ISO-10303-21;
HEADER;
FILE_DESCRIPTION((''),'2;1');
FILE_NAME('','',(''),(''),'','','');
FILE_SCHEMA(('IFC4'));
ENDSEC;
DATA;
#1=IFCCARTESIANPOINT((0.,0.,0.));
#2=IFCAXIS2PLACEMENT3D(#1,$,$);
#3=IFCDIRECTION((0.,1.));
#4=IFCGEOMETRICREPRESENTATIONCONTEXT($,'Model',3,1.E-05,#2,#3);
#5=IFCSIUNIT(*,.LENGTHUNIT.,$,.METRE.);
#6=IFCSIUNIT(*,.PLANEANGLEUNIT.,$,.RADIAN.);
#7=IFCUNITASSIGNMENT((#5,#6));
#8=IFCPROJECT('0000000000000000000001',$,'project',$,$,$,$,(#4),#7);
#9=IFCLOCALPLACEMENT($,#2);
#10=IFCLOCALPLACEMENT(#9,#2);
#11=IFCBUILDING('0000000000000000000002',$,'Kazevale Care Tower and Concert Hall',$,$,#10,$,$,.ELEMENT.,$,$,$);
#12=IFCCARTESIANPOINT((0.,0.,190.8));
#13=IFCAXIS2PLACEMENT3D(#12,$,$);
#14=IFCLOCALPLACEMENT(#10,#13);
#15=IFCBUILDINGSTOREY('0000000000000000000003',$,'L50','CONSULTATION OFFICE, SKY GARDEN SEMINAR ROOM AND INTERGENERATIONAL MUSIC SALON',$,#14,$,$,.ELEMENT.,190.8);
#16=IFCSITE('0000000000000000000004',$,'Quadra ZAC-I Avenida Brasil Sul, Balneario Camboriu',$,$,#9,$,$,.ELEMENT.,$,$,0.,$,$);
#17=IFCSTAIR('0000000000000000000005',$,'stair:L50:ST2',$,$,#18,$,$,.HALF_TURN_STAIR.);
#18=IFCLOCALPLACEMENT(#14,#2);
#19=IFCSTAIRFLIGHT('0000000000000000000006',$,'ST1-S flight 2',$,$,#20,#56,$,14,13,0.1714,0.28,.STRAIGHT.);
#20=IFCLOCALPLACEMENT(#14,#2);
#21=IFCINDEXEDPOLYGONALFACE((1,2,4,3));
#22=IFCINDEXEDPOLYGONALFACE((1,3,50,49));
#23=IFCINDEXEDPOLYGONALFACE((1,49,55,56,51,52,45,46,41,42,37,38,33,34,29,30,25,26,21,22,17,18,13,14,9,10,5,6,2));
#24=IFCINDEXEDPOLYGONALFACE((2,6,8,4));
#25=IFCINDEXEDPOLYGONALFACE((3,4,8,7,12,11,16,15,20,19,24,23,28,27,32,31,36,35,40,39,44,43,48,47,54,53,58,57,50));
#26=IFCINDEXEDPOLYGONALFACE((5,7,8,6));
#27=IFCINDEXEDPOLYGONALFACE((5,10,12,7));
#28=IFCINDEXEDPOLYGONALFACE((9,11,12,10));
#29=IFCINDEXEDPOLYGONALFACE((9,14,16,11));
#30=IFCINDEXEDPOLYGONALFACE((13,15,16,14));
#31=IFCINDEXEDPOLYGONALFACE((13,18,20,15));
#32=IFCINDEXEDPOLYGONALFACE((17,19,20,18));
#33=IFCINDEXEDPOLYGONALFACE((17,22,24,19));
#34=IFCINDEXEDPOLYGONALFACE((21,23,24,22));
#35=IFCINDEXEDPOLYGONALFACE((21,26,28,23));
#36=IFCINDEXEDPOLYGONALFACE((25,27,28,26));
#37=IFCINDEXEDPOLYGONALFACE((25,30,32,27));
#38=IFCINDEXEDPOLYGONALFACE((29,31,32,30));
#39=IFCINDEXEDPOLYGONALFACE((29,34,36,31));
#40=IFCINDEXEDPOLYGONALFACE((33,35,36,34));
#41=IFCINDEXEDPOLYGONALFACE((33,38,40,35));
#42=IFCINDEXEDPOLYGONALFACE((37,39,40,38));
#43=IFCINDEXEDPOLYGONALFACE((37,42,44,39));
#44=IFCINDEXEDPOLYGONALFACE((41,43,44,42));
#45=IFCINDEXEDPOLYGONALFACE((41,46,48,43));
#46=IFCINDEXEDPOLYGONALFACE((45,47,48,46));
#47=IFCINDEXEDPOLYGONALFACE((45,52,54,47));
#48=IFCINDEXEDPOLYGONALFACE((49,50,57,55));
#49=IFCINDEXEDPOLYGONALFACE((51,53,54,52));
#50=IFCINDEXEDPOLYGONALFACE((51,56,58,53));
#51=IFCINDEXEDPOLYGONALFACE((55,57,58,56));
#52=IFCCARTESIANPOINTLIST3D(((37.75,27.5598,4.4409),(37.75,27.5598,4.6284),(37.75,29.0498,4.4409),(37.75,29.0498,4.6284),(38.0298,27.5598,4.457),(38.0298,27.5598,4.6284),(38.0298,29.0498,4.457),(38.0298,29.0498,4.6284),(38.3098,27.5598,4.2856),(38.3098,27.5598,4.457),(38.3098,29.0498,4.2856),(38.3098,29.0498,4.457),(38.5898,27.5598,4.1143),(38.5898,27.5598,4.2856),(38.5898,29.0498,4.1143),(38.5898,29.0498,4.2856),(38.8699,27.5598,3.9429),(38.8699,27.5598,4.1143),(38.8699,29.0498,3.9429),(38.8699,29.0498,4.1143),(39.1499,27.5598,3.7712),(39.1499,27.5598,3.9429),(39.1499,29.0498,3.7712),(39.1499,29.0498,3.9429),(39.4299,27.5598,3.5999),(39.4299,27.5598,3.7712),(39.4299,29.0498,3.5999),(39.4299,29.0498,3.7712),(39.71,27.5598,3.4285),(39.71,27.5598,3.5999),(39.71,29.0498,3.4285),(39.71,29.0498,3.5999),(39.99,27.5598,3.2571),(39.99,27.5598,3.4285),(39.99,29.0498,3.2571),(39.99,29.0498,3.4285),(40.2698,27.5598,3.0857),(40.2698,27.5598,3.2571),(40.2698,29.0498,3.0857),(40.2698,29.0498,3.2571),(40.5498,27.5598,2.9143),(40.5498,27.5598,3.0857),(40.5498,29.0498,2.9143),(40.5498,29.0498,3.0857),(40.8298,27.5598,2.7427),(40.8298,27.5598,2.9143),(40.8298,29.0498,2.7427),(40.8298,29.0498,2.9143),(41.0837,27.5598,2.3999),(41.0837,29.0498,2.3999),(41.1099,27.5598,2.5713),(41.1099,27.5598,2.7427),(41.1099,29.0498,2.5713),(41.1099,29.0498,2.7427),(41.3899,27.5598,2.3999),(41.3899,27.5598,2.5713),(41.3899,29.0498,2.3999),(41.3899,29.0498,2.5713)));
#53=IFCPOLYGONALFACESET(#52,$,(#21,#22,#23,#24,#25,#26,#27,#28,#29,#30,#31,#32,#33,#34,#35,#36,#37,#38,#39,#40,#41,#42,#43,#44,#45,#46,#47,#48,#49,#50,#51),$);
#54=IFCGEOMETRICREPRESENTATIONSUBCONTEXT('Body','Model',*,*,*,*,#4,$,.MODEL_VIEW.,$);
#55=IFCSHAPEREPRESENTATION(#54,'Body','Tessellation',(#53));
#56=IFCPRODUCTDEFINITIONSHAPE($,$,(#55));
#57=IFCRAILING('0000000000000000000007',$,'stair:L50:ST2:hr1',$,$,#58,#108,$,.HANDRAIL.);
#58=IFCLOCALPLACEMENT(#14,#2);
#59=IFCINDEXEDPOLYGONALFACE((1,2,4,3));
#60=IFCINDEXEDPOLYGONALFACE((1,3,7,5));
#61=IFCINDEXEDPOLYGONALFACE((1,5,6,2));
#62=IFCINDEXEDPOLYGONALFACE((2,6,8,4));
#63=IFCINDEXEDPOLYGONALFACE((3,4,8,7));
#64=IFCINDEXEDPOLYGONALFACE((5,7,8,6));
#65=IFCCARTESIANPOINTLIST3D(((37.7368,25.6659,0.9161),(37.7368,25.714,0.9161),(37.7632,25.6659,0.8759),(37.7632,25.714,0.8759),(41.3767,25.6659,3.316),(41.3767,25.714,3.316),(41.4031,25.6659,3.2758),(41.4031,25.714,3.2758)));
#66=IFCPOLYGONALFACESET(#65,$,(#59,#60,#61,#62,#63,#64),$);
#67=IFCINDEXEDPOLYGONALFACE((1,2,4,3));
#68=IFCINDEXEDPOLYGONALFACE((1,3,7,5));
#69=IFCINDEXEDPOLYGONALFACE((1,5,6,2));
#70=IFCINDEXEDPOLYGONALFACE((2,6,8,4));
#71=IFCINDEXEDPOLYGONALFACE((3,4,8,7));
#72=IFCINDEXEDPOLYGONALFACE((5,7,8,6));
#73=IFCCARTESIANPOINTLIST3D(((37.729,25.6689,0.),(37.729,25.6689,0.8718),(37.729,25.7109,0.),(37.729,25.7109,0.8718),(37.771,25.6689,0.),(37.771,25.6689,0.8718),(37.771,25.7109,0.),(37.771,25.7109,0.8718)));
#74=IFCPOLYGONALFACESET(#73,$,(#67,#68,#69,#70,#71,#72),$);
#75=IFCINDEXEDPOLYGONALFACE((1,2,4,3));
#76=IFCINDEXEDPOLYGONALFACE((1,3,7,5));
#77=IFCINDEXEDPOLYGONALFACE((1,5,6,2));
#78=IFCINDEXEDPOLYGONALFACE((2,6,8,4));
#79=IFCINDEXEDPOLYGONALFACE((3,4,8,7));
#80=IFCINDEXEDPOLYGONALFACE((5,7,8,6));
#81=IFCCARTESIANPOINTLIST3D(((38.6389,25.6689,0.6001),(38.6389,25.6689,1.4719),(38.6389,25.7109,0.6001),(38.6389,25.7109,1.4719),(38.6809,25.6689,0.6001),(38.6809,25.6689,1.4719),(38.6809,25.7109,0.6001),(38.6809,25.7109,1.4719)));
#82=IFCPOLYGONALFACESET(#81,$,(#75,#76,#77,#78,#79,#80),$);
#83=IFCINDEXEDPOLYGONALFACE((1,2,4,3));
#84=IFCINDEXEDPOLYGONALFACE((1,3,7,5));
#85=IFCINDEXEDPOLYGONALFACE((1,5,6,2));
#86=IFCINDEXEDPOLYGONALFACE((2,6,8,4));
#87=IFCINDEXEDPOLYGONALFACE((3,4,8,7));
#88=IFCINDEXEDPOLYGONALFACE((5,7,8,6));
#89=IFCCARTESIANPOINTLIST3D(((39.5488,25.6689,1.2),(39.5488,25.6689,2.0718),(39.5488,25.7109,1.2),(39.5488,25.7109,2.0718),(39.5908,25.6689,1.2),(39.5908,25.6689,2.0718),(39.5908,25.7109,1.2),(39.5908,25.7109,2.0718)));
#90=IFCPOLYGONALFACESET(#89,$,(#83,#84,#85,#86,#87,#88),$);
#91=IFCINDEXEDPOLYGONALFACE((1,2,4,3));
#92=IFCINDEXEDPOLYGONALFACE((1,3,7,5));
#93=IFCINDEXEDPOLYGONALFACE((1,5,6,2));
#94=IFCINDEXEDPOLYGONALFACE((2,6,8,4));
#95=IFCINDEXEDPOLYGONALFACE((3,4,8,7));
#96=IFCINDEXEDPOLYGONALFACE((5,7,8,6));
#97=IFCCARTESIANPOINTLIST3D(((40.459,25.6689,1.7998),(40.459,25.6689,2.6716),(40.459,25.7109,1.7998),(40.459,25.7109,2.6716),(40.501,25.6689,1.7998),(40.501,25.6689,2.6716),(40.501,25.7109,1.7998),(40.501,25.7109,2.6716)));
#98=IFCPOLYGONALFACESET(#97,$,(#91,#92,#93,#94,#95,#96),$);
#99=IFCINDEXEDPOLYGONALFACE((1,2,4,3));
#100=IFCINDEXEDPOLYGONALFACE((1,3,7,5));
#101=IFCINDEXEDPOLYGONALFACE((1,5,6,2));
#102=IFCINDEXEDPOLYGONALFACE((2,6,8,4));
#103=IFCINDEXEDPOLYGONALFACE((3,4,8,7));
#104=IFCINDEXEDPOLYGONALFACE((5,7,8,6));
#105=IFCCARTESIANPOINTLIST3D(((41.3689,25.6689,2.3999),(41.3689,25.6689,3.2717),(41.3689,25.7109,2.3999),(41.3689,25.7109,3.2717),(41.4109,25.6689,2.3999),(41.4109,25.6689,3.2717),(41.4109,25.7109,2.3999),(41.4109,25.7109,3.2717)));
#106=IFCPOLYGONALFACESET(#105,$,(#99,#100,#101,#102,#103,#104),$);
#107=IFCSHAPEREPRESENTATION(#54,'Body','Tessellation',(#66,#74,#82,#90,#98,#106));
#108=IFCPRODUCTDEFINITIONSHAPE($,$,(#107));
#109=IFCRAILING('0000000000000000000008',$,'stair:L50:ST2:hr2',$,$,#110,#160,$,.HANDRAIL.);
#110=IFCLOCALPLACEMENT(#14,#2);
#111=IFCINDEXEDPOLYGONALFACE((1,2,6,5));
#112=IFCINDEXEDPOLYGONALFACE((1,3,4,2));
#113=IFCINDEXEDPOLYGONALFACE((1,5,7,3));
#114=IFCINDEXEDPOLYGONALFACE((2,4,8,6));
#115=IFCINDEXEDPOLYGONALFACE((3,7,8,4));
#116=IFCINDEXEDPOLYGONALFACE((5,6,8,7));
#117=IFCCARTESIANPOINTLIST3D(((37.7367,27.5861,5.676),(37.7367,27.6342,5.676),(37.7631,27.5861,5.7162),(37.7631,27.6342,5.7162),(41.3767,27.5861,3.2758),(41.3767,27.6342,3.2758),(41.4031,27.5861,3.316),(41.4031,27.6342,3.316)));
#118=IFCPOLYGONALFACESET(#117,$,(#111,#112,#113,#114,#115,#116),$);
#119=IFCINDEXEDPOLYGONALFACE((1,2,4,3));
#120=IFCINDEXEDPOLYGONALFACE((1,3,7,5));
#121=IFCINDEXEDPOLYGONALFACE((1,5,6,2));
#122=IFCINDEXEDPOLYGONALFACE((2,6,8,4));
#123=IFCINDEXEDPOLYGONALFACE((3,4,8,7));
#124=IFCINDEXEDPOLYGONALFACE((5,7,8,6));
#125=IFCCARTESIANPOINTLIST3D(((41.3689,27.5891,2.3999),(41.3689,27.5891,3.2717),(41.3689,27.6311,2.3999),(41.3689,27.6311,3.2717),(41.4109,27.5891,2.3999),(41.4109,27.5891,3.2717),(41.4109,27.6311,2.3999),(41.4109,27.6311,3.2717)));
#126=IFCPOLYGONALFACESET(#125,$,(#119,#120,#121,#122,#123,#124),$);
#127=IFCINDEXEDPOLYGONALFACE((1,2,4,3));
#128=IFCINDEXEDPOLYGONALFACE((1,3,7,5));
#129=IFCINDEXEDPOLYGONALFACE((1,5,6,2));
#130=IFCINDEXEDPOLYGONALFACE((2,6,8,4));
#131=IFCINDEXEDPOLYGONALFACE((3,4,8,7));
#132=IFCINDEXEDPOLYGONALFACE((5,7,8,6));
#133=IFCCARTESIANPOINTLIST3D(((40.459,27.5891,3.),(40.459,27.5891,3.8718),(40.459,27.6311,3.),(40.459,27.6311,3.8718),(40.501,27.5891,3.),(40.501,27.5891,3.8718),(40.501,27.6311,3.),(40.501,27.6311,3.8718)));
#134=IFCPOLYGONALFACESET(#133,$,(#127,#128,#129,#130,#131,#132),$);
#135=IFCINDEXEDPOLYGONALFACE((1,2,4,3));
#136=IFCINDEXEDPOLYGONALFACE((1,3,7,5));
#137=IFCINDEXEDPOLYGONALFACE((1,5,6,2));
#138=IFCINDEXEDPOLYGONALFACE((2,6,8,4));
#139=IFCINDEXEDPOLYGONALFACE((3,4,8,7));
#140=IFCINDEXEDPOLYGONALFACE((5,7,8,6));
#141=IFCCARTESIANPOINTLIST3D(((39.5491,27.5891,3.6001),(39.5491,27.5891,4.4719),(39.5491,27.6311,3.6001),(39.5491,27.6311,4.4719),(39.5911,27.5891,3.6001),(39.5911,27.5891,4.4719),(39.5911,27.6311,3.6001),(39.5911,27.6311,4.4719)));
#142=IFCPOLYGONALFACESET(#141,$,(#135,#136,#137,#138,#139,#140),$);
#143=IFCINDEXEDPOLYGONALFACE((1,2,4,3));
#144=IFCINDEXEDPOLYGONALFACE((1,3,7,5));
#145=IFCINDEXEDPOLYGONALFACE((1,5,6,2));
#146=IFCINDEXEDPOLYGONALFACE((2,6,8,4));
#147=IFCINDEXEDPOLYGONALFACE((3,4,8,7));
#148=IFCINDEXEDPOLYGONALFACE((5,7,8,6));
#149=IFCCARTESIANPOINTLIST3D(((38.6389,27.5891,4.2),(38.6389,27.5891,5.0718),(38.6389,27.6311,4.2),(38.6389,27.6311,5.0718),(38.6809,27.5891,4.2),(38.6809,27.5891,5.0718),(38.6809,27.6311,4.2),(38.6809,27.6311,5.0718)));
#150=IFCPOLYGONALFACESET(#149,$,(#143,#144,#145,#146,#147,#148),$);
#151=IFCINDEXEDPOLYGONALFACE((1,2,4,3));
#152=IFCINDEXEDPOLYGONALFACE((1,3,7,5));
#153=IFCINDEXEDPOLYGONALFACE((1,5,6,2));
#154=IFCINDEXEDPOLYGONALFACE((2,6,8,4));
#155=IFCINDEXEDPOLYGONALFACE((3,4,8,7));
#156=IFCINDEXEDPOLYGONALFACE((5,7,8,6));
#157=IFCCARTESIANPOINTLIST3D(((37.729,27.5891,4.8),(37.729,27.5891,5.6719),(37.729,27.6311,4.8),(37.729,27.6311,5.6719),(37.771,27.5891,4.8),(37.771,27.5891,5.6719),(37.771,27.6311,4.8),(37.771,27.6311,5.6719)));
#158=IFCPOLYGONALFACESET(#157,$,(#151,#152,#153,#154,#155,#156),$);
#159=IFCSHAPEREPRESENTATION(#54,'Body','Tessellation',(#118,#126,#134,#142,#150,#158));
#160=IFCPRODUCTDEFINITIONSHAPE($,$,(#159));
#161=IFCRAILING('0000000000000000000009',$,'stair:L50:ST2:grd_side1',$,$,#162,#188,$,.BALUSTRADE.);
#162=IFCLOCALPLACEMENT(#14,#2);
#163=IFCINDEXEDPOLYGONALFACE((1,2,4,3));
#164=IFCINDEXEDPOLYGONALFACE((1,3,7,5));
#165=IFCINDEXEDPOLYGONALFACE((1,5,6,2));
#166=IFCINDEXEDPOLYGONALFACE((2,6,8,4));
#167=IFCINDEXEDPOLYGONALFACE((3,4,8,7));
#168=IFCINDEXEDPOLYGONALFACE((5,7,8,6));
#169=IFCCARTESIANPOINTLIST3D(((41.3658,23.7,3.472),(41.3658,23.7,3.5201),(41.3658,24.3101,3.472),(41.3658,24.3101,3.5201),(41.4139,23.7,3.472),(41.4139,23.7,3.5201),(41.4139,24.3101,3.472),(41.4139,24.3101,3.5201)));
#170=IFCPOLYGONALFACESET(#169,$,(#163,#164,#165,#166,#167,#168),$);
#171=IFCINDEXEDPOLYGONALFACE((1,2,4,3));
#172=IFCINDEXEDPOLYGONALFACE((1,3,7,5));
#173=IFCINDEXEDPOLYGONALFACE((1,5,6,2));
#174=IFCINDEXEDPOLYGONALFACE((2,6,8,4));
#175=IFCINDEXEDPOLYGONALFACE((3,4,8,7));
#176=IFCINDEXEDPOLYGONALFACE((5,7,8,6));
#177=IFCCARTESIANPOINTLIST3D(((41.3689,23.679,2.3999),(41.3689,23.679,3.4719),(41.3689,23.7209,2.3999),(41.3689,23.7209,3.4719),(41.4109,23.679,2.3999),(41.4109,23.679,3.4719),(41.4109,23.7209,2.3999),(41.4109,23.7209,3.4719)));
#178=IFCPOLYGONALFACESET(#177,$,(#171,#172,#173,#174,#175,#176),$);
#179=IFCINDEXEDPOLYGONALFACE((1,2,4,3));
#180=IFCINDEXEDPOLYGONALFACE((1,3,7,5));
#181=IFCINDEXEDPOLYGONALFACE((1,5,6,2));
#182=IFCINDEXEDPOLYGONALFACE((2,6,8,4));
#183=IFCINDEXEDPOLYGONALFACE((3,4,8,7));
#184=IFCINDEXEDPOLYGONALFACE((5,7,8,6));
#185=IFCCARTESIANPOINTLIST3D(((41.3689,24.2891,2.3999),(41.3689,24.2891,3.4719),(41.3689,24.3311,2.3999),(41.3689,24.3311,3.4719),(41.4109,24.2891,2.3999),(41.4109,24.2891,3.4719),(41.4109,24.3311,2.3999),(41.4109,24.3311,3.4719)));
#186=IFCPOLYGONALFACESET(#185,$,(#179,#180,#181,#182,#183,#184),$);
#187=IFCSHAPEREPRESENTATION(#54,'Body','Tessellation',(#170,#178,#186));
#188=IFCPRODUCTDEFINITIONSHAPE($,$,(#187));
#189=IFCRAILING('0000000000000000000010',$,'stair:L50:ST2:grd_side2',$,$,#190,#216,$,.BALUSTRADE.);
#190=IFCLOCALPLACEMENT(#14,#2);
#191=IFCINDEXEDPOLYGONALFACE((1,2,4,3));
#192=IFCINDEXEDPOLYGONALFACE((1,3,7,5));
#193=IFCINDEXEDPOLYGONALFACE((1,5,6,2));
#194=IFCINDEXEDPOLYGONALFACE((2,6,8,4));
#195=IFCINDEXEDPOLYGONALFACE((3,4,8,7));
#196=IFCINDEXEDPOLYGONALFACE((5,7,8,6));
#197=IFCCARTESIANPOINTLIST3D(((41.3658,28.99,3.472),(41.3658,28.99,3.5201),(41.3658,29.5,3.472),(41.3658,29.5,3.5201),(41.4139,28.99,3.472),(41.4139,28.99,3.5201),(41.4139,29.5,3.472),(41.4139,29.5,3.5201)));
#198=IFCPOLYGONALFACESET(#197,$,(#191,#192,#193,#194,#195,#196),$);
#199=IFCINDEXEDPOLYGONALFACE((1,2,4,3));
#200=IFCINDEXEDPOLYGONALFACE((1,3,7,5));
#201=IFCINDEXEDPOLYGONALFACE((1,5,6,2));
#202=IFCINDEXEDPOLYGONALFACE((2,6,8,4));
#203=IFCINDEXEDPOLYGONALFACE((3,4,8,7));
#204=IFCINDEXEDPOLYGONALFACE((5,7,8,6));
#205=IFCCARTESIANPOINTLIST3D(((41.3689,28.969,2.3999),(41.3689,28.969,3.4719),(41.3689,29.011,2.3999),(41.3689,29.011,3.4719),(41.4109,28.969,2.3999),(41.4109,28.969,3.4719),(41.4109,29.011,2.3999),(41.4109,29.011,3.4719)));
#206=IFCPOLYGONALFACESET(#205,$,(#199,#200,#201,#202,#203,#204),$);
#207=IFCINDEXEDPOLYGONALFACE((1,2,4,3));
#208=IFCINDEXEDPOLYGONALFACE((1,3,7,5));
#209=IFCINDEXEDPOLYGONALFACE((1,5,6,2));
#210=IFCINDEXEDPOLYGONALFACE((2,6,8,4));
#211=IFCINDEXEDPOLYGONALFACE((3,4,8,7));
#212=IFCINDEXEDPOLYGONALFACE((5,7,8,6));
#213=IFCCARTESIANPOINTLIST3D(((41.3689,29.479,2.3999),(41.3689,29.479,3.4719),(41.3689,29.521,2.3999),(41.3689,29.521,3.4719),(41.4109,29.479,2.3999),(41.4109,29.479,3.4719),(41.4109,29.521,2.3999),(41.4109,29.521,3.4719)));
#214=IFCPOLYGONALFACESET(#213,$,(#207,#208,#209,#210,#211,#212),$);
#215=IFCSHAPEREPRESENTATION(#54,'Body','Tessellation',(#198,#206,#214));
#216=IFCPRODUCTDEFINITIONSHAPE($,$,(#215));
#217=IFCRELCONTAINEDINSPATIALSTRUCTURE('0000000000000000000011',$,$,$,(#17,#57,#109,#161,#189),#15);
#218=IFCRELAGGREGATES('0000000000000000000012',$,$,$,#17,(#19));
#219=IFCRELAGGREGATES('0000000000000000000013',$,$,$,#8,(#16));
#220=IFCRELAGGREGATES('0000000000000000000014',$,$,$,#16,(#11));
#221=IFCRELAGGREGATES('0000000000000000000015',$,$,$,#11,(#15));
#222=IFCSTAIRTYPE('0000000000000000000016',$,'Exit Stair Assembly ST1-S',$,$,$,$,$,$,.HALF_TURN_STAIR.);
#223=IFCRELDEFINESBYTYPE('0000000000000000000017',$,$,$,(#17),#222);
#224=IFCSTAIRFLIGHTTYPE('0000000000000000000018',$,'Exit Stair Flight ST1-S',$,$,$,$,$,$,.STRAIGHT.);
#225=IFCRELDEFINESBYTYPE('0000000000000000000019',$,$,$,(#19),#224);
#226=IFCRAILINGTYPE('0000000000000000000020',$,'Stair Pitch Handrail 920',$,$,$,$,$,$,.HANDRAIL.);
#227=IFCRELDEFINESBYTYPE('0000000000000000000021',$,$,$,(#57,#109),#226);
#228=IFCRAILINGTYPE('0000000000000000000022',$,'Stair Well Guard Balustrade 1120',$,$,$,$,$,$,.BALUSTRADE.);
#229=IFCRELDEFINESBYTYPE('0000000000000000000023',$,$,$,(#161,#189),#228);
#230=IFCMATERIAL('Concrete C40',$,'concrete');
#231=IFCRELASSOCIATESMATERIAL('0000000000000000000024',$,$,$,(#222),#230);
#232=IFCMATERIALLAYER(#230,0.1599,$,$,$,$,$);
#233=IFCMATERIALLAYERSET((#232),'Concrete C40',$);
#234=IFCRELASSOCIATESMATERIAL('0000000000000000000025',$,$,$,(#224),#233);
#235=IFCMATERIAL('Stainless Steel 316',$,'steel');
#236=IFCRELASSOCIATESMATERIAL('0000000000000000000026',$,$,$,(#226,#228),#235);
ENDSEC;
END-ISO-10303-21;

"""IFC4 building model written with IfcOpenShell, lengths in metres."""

from ifc_helpers import new_model, si_unit, direction, frame, origin, origin_2d, place, context, subcontext, project, spatial, polyline, rectangle, outline, extrude, material, layer, layer_set, type_object, element, aggregate, save


model = new_model("IFC4")

# Units and contexts
model_context = context("Model", 3, precision=1e-05, world=origin(), true_north=direction((0.0, 1.0)))
body_context = subcontext(model_context, "Body", "Model", "MODEL_VIEW")
ifc_project = project(units=[si_unit("LENGTHUNIT", "METRE"), si_unit("PLANEANGLEUNIT", "RADIAN")], contexts=[model_context])

# Site, building, storey
site_placement = place(None, origin())
site = spatial("IfcSite", under=ifc_project, at=site_placement, Name="Quadra ZAC-I Avenida Brasil Sul, Balneario Camboriu", CompositionType="ELEMENT", RefElevation=0.0)
building_placement = place(site_placement, origin())
building = spatial("IfcBuilding", under=site, at=building_placement, Name="Kazevale Care Tower and Concert Hall", CompositionType="ELEMENT")
storey_placement = place(building_placement, frame((0.0, 0.0, 190.8)))
storey = spatial("IfcBuildingStorey", under=building, at=storey_placement, Name="L50", Description="CONSULTATION OFFICE, SKY GARDEN SEMINAR ROOM AND INTERGENERATIONAL MUSIC SALON", CompositionType="ELEMENT", Elevation=190.8)

# Shared definitions
ifc_material_1 = material(Name="Concrete C40", Category="concrete")

# Stair, stair flight
stair_type = type_object("IfcStairType", Name="Exit Stair Assembly ST1-S", PredefinedType="HALF_TURN_STAIR", material=ifc_material_1)
stair_placement = place(storey_placement, origin())
stair = element("IfcStair", 1, at=stair_placement, inside=storey, type_object=stair_type, Name="stair:L50:ST2", PredefinedType="HALF_TURN_STAIR")
ifc_layer_1 = layer(ifc_material_1, 0.1599)
ifc_layer_set_1 = layer_set([ifc_layer_1], Name="Concrete C40")
stair_flight_type = type_object("IfcStairFlightType", Name="Exit Stair Flight ST1-S", PredefinedType="STRAIGHT", material=ifc_layer_set_1)
stair_flight_1_placement = place(storey_placement, frame((41.3899, 28.3049, 2.3999), z_axis=(0.0, 0.0, 1.0), x_axis=(-1.0, 0.0, 0.0)))
stair_flight_1 = element("IfcStairFlight", 2, at=stair_flight_1_placement, type_object=stair_flight_type, Name="ST1-S flight 2", NumberOfRisers=14, NumberOfTreads=13, PredefinedType="STRAIGHT", RiserHeight=0.1714, TreadLength=0.28, context=body_context, shape_type="SweptSolid", body=[
    extrude(outline(polyline([(0.0, 0.0), (0.0, 0.1714), (0.28, 0.1714), (0.28, 0.3428), (0.5601, 0.3428), (0.5601, 0.5144), (0.8401, 0.5144), (0.8401, 0.6858), (1.1201, 0.6858), (1.1201, 0.8572), (1.3999, 0.8572), (1.3999, 1.0286), (1.6799, 1.0286), (1.6799, 1.2), (1.96, 1.2), (1.96, 1.3713), (2.24, 1.3713), (2.24, 1.543), (2.52, 1.543), (2.52, 1.7144), (2.8, 1.7144), (2.8, 1.8857), (3.0801, 1.8857), (3.0801, 2.0571), (3.3601, 2.0571), (3.3601, 2.2285), (3.6399, 2.2285), (3.6399, 2.3999), (3.6399, 2.041), (0.3062, 0.0), (0.0, 0.0)])), frame((0.0, 0.7451, 0.0), z_axis=(0.0, -1.0, 0.0), x_axis=(1.0, 0.0, 0.0)), (0.0, 0.0, 1.0), 1.49),
])
aggregate(stair, [stair_flight_1])

# Railings
ifc_material_2 = material(Name="Stainless Steel 316", Category="steel")
railing_type_1 = type_object("IfcRailingType", Name="Stair Pitch Handrail 920", PredefinedType="HANDRAIL", material=ifc_material_2)
railing_1_placement = place(storey_placement, frame((37.75, 25.6899, 0.0)))
element("IfcRailing", 3, at=railing_1_placement, inside=storey, type_object=railing_type_1, Name="stair:L50:ST2:hr1", PredefinedType="HANDRAIL", context=body_context, shape_type="SweptSolid", body=[
    extrude(rectangle(XDim=0.0481, YDim=0.0481, at=origin_2d()), frame((0.0, 0.0, 0.896), z_axis=(0.834865, 0.0, 0.550454), x_axis=(0.0, 1.0, 0.0)), (0.0, 0.0, 1.0), 4.3599),
    extrude(rectangle(XDim=0.042, YDim=0.042, at=origin_2d()), origin(), (0.0, 0.0, 1.0), 0.8718),
    extrude(rectangle(XDim=0.042, YDim=0.042, at=origin_2d()), frame((0.9099, 0.0, 0.6001)), (0.0, 0.0, 1.0), 0.8718),
    extrude(rectangle(XDim=0.042, YDim=0.042, at=origin_2d()), frame((1.8198, 0.0, 1.2)), (0.0, 0.0, 1.0), 0.8718),
    extrude(rectangle(XDim=0.042, YDim=0.042, at=origin_2d()), frame((2.73, 0.0, 1.7998)), (0.0, 0.0, 1.0), 0.8718),
    extrude(rectangle(XDim=0.042, YDim=0.042, at=origin_2d()), frame((3.6399, 0.0, 2.3999)), (0.0, 0.0, 1.0), 0.8718),
])
railing_2_placement = place(storey_placement, frame((41.3899, 27.6101, 2.3999)))
element("IfcRailing", 4, at=railing_2_placement, inside=storey, type_object=railing_type_1, Name="stair:L50:ST2:hr2", PredefinedType="HANDRAIL", context=body_context, shape_type="SweptSolid", body=[
    extrude(rectangle(XDim=0.0481, YDim=0.0481, at=origin_2d()), frame((0.0, 0.0, 0.896), z_axis=(-0.834839, 0.0, 0.550493), x_axis=(0.0, -1.0, 0.0)), (0.0, 0.0, 1.0), 4.3601),
    extrude(rectangle(XDim=0.042, YDim=0.042, at=origin_2d()), origin(), (0.0, 0.0, 1.0), 0.8718),
    extrude(rectangle(XDim=0.042, YDim=0.042, at=origin_2d()), frame((-0.9099, 0.0, 0.6001)), (0.0, 0.0, 1.0), 0.8718),
    extrude(rectangle(XDim=0.042, YDim=0.042, at=origin_2d()), frame((-1.8198, 0.0, 1.2002)), (0.0, 0.0, 1.0), 0.8718),
    extrude(rectangle(XDim=0.042, YDim=0.042, at=origin_2d()), frame((-2.73, 0.0, 1.8)), (0.0, 0.0, 1.0), 0.8718),
    extrude(rectangle(XDim=0.042, YDim=0.042, at=origin_2d()), frame((-3.6399, 0.0, 2.4001)), (0.0, 0.0, 1.0), 0.8718),
])
railing_type_2 = type_object("IfcRailingType", Name="Stair Well Guard Balustrade 1120", PredefinedType="BALUSTRADE", material=ifc_material_2)
railing_3_placement = place(storey_placement, frame((41.3899, 23.7, 2.3999)))
element("IfcRailing", 5, at=railing_3_placement, inside=storey, type_object=railing_type_2, Name="stair:L50:ST2:grd_side1", PredefinedType="BALUSTRADE", context=body_context, shape_type="SweptSolid", body=[
    extrude(rectangle(XDim=0.0481, YDim=0.0481, at=origin_2d()), frame((0.0, 0.0, 1.0962), z_axis=(0.0, 1.0, 0.0), x_axis=(-1.0, 0.0, 0.0)), (0.0, 0.0, 1.0), 0.6101),
    extrude(rectangle(XDim=0.042, YDim=0.042, at=origin_2d()), origin(), (0.0, 0.0, 1.0), 1.072),
    extrude(rectangle(XDim=0.042, YDim=0.042, at=origin_2d()), frame((0.0, 0.6101, 0.0)), (0.0, 0.0, 1.0), 1.072),
])
railing_4_placement = place(storey_placement, frame((41.3899, 28.99, 2.3999)))
element("IfcRailing", 6, at=railing_4_placement, inside=storey, type_object=railing_type_2, Name="stair:L50:ST2:grd_side2", PredefinedType="BALUSTRADE", context=body_context, shape_type="SweptSolid", body=[
    extrude(rectangle(XDim=0.0481, YDim=0.0481, at=origin_2d()), frame((0.0, 0.0, 1.0962), z_axis=(0.0, 1.0, 0.0), x_axis=(-1.0, 0.0, 0.0)), (0.0, 0.0, 1.0), 0.51),
    extrude(rectangle(XDim=0.042, YDim=0.042, at=origin_2d()), origin(), (0.0, 0.0, 1.0), 1.072),
    extrude(rectangle(XDim=0.042, YDim=0.042, at=origin_2d()), frame((0.0, 0.51, 0.0)), (0.0, 0.0, 1.0), 1.072),
])

save(model, "model.ifc")
